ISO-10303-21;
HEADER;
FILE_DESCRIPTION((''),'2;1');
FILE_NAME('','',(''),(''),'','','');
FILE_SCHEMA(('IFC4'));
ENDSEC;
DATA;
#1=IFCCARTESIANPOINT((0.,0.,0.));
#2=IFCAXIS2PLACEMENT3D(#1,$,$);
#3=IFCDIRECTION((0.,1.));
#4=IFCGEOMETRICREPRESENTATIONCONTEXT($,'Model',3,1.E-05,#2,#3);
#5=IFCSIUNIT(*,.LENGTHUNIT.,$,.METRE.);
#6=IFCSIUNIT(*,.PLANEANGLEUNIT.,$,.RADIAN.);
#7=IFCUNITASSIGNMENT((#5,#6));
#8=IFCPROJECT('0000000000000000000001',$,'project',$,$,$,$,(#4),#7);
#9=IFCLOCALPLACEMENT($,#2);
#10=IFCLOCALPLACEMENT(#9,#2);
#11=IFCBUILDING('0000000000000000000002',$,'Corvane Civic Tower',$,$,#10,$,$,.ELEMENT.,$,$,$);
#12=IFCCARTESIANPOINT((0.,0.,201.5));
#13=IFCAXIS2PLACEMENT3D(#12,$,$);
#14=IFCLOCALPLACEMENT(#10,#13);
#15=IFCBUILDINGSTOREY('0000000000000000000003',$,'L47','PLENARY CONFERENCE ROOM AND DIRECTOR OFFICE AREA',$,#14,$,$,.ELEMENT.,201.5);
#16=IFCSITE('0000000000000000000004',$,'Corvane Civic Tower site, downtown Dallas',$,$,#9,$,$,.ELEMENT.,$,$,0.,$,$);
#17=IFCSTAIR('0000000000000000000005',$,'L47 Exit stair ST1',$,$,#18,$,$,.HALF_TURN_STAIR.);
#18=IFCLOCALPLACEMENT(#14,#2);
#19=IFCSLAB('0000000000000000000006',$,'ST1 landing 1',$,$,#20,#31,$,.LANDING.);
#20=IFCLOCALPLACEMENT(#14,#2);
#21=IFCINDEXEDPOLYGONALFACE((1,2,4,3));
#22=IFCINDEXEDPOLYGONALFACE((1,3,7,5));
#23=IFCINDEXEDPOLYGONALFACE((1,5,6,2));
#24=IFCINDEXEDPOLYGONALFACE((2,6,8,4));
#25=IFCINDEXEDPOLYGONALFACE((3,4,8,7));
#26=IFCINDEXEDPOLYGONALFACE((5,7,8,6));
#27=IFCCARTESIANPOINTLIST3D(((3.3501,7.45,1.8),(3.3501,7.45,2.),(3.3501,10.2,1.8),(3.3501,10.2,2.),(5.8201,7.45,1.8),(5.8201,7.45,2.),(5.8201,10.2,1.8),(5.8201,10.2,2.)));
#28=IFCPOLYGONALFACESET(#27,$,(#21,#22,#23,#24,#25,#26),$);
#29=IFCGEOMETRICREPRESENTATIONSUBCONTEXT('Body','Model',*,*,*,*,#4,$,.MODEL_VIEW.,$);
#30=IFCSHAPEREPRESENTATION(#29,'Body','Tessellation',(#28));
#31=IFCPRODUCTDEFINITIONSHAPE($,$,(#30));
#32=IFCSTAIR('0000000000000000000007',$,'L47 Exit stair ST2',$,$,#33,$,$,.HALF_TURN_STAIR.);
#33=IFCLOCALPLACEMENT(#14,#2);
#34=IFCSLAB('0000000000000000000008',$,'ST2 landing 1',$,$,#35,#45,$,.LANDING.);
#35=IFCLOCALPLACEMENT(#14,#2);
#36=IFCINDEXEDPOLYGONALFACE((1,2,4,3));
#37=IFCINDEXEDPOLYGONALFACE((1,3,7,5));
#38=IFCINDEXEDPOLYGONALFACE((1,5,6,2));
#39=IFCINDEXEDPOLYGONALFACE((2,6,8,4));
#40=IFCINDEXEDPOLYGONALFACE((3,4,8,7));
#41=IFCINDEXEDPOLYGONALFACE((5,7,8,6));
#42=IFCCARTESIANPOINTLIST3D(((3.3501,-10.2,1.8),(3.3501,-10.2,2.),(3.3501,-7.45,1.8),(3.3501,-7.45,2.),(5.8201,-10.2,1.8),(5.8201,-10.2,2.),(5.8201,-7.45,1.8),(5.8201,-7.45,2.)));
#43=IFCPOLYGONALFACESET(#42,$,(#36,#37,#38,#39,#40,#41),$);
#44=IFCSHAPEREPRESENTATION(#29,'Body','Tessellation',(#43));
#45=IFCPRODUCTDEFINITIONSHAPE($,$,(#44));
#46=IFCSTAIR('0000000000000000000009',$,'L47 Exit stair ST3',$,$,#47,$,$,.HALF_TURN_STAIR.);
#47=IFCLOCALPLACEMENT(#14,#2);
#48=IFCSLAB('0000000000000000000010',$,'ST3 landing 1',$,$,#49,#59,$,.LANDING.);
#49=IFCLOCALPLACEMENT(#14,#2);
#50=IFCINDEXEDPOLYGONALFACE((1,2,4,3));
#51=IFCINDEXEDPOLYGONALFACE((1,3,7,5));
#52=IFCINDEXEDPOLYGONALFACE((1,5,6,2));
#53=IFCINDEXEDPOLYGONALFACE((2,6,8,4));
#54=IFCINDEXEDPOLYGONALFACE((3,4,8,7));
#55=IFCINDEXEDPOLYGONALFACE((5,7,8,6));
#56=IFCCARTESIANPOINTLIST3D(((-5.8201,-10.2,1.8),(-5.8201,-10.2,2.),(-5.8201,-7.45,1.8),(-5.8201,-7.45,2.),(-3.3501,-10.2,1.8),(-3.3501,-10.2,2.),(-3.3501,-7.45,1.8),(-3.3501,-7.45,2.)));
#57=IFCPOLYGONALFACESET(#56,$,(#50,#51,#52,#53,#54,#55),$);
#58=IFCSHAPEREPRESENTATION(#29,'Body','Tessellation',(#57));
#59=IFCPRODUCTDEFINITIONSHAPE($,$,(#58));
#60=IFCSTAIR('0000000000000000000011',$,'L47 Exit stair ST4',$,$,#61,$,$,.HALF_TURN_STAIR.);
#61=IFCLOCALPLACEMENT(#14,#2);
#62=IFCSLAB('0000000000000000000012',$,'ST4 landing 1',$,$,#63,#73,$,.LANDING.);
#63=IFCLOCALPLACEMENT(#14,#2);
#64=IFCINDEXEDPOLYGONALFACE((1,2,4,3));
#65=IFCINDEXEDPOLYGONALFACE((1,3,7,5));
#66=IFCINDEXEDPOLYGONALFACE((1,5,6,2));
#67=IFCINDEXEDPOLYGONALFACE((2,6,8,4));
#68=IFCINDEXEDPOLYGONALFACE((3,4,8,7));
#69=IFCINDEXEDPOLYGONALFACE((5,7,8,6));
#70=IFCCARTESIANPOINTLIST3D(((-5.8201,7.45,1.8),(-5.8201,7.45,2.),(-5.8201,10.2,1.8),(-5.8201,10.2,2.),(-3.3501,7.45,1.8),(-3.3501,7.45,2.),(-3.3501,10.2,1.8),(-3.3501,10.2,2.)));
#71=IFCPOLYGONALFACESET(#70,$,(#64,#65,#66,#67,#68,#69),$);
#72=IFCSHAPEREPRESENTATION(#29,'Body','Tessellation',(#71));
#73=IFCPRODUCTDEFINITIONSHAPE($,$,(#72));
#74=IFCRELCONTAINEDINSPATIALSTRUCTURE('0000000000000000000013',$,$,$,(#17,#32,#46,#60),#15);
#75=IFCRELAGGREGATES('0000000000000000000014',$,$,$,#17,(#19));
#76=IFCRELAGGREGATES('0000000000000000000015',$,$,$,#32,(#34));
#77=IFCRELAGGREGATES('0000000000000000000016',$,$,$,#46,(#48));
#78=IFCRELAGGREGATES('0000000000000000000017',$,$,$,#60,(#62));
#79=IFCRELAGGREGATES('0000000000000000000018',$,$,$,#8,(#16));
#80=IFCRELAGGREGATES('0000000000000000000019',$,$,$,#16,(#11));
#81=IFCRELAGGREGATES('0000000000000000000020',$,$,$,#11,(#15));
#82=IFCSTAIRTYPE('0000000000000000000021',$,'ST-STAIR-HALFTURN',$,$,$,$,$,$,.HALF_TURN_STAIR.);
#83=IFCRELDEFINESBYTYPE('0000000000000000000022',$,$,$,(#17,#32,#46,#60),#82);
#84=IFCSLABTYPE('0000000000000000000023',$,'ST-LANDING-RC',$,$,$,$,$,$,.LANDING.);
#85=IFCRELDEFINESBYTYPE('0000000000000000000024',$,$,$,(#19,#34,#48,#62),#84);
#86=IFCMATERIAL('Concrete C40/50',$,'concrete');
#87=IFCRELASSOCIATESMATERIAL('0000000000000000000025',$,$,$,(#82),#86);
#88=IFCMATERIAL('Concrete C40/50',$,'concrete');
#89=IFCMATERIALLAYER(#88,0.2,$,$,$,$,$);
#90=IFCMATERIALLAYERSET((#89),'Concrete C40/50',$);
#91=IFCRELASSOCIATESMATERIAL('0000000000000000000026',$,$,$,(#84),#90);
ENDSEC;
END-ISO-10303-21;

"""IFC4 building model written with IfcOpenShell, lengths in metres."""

from ifc_helpers import new_model, si_unit, direction, frame, origin, place, context, subcontext, project, spatial, polyline, outline, extrude, material, layer, layer_set, type_object, element, aggregate, save


model = new_model("IFC4")

# Units and contexts
model_context = context("Model", 3, precision=1e-05, world=origin(), true_north=direction((0.0, 1.0)))
body_context = subcontext(model_context, "Body", "Model", "MODEL_VIEW")
ifc_project = project(units=[si_unit("LENGTHUNIT", "METRE"), si_unit("PLANEANGLEUNIT", "RADIAN")], contexts=[model_context])

# Site, building, storey
site_placement = place(None, origin())
site = spatial("IfcSite", under=ifc_project, at=site_placement, Name="Corvane Civic Tower site, downtown Dallas", CompositionType="ELEMENT", RefElevation=0.0)
building_placement = place(site_placement, origin())
building = spatial("IfcBuilding", under=site, at=building_placement, Name="Corvane Civic Tower", CompositionType="ELEMENT")
storey_placement = place(building_placement, frame((0.0, 0.0, 201.5)))
storey = spatial("IfcBuildingStorey", under=building, at=storey_placement, Name="L47", Description="PLENARY CONFERENCE ROOM AND DIRECTOR OFFICE AREA", CompositionType="ELEMENT", Elevation=201.5)

# Stairs, slabs
ifc_material_1 = material(Name="Concrete C40/50", Category="concrete")
stair_type = type_object("IfcStairType", Name="ST-STAIR-HALFTURN", PredefinedType="HALF_TURN_STAIR", material=ifc_material_1)
stair_1_placement = place(storey_placement, origin())
stair_1 = element("IfcStair", 1, at=stair_1_placement, inside=storey, type_object=stair_type, Name="L47 Exit stair ST1", PredefinedType="HALF_TURN_STAIR")
ifc_material_2 = material(Name="Concrete C40/50", Category="concrete")
ifc_layer_1 = layer(ifc_material_2, 0.2)
ifc_layer_set_1 = layer_set([ifc_layer_1], Name="Concrete C40/50")
slab_type_1 = type_object("IfcSlabType", Name="ST-LANDING-RC", PredefinedType="LANDING", material=ifc_layer_set_1)
slab_1_placement = place(storey_placement, frame((0.0, 0.0, 1.8)))
slab_1 = element("IfcSlab", 2, at=slab_1_placement, type_object=slab_type_1, Name="ST1 landing 1", PredefinedType="LANDING", context=body_context, shape_type="SweptSolid", body=[
    extrude(outline(polyline([(5.8201, 10.2), (3.3501, 10.2), (3.3501, 7.45), (5.8201, 7.45), (5.8201, 10.2)])), origin(), (0.0, 0.0, 1.0), 0.2),
])
aggregate(stair_1, [slab_1])
stair_2_placement = place(storey_placement, origin())
stair_2 = element("IfcStair", 3, at=stair_2_placement, inside=storey, type_object=stair_type, Name="L47 Exit stair ST2", PredefinedType="HALF_TURN_STAIR")
slab_2_placement = place(storey_placement, frame((0.0, 0.0, 1.8)))
slab_2 = element("IfcSlab", 4, at=slab_2_placement, type_object=slab_type_1, Name="ST2 landing 1", PredefinedType="LANDING", context=body_context, shape_type="SweptSolid", body=[
    extrude(outline(polyline([(5.8201, -7.45), (3.3501, -7.45), (3.3501, -10.2), (5.8201, -10.2), (5.8201, -7.45)])), origin(), (0.0, 0.0, 1.0), 0.2),
])
aggregate(stair_2, [slab_2])
stair_3_placement = place(storey_placement, origin())
stair_3 = element("IfcStair", 5, at=stair_3_placement, inside=storey, type_object=stair_type, Name="L47 Exit stair ST3", PredefinedType="HALF_TURN_STAIR")
slab_3_placement = place(storey_placement, frame((0.0, 0.0, 1.8)))
slab_3 = element("IfcSlab", 6, at=slab_3_placement, type_object=slab_type_1, Name="ST3 landing 1", PredefinedType="LANDING", context=body_context, shape_type="SweptSolid", body=[
    extrude(outline(polyline([(-5.8201, -10.2), (-3.3501, -10.2), (-3.3501, -7.45), (-5.8201, -7.45), (-5.8201, -10.2)])), origin(), (0.0, 0.0, 1.0), 0.2),
])
aggregate(stair_3, [slab_3])
stair_4_placement = place(storey_placement, origin())
stair_4 = element("IfcStair", 7, at=stair_4_placement, inside=storey, type_object=stair_type, Name="L47 Exit stair ST4", PredefinedType="HALF_TURN_STAIR")
slab_4_placement = place(storey_placement, frame((0.0, 0.0, 1.8)))
slab_4 = element("IfcSlab", 8, at=slab_4_placement, type_object=slab_type_1, Name="ST4 landing 1", PredefinedType="LANDING", context=body_context, shape_type="SweptSolid", body=[
    extrude(outline(polyline([(-5.8201, 7.45), (-3.3501, 7.45), (-3.3501, 10.2), (-5.8201, 10.2), (-5.8201, 7.45)])), origin(), (0.0, 0.0, 1.0), 0.2),
])

aggregate(stair_4, [slab_4])

save(model, "model.ifc")
